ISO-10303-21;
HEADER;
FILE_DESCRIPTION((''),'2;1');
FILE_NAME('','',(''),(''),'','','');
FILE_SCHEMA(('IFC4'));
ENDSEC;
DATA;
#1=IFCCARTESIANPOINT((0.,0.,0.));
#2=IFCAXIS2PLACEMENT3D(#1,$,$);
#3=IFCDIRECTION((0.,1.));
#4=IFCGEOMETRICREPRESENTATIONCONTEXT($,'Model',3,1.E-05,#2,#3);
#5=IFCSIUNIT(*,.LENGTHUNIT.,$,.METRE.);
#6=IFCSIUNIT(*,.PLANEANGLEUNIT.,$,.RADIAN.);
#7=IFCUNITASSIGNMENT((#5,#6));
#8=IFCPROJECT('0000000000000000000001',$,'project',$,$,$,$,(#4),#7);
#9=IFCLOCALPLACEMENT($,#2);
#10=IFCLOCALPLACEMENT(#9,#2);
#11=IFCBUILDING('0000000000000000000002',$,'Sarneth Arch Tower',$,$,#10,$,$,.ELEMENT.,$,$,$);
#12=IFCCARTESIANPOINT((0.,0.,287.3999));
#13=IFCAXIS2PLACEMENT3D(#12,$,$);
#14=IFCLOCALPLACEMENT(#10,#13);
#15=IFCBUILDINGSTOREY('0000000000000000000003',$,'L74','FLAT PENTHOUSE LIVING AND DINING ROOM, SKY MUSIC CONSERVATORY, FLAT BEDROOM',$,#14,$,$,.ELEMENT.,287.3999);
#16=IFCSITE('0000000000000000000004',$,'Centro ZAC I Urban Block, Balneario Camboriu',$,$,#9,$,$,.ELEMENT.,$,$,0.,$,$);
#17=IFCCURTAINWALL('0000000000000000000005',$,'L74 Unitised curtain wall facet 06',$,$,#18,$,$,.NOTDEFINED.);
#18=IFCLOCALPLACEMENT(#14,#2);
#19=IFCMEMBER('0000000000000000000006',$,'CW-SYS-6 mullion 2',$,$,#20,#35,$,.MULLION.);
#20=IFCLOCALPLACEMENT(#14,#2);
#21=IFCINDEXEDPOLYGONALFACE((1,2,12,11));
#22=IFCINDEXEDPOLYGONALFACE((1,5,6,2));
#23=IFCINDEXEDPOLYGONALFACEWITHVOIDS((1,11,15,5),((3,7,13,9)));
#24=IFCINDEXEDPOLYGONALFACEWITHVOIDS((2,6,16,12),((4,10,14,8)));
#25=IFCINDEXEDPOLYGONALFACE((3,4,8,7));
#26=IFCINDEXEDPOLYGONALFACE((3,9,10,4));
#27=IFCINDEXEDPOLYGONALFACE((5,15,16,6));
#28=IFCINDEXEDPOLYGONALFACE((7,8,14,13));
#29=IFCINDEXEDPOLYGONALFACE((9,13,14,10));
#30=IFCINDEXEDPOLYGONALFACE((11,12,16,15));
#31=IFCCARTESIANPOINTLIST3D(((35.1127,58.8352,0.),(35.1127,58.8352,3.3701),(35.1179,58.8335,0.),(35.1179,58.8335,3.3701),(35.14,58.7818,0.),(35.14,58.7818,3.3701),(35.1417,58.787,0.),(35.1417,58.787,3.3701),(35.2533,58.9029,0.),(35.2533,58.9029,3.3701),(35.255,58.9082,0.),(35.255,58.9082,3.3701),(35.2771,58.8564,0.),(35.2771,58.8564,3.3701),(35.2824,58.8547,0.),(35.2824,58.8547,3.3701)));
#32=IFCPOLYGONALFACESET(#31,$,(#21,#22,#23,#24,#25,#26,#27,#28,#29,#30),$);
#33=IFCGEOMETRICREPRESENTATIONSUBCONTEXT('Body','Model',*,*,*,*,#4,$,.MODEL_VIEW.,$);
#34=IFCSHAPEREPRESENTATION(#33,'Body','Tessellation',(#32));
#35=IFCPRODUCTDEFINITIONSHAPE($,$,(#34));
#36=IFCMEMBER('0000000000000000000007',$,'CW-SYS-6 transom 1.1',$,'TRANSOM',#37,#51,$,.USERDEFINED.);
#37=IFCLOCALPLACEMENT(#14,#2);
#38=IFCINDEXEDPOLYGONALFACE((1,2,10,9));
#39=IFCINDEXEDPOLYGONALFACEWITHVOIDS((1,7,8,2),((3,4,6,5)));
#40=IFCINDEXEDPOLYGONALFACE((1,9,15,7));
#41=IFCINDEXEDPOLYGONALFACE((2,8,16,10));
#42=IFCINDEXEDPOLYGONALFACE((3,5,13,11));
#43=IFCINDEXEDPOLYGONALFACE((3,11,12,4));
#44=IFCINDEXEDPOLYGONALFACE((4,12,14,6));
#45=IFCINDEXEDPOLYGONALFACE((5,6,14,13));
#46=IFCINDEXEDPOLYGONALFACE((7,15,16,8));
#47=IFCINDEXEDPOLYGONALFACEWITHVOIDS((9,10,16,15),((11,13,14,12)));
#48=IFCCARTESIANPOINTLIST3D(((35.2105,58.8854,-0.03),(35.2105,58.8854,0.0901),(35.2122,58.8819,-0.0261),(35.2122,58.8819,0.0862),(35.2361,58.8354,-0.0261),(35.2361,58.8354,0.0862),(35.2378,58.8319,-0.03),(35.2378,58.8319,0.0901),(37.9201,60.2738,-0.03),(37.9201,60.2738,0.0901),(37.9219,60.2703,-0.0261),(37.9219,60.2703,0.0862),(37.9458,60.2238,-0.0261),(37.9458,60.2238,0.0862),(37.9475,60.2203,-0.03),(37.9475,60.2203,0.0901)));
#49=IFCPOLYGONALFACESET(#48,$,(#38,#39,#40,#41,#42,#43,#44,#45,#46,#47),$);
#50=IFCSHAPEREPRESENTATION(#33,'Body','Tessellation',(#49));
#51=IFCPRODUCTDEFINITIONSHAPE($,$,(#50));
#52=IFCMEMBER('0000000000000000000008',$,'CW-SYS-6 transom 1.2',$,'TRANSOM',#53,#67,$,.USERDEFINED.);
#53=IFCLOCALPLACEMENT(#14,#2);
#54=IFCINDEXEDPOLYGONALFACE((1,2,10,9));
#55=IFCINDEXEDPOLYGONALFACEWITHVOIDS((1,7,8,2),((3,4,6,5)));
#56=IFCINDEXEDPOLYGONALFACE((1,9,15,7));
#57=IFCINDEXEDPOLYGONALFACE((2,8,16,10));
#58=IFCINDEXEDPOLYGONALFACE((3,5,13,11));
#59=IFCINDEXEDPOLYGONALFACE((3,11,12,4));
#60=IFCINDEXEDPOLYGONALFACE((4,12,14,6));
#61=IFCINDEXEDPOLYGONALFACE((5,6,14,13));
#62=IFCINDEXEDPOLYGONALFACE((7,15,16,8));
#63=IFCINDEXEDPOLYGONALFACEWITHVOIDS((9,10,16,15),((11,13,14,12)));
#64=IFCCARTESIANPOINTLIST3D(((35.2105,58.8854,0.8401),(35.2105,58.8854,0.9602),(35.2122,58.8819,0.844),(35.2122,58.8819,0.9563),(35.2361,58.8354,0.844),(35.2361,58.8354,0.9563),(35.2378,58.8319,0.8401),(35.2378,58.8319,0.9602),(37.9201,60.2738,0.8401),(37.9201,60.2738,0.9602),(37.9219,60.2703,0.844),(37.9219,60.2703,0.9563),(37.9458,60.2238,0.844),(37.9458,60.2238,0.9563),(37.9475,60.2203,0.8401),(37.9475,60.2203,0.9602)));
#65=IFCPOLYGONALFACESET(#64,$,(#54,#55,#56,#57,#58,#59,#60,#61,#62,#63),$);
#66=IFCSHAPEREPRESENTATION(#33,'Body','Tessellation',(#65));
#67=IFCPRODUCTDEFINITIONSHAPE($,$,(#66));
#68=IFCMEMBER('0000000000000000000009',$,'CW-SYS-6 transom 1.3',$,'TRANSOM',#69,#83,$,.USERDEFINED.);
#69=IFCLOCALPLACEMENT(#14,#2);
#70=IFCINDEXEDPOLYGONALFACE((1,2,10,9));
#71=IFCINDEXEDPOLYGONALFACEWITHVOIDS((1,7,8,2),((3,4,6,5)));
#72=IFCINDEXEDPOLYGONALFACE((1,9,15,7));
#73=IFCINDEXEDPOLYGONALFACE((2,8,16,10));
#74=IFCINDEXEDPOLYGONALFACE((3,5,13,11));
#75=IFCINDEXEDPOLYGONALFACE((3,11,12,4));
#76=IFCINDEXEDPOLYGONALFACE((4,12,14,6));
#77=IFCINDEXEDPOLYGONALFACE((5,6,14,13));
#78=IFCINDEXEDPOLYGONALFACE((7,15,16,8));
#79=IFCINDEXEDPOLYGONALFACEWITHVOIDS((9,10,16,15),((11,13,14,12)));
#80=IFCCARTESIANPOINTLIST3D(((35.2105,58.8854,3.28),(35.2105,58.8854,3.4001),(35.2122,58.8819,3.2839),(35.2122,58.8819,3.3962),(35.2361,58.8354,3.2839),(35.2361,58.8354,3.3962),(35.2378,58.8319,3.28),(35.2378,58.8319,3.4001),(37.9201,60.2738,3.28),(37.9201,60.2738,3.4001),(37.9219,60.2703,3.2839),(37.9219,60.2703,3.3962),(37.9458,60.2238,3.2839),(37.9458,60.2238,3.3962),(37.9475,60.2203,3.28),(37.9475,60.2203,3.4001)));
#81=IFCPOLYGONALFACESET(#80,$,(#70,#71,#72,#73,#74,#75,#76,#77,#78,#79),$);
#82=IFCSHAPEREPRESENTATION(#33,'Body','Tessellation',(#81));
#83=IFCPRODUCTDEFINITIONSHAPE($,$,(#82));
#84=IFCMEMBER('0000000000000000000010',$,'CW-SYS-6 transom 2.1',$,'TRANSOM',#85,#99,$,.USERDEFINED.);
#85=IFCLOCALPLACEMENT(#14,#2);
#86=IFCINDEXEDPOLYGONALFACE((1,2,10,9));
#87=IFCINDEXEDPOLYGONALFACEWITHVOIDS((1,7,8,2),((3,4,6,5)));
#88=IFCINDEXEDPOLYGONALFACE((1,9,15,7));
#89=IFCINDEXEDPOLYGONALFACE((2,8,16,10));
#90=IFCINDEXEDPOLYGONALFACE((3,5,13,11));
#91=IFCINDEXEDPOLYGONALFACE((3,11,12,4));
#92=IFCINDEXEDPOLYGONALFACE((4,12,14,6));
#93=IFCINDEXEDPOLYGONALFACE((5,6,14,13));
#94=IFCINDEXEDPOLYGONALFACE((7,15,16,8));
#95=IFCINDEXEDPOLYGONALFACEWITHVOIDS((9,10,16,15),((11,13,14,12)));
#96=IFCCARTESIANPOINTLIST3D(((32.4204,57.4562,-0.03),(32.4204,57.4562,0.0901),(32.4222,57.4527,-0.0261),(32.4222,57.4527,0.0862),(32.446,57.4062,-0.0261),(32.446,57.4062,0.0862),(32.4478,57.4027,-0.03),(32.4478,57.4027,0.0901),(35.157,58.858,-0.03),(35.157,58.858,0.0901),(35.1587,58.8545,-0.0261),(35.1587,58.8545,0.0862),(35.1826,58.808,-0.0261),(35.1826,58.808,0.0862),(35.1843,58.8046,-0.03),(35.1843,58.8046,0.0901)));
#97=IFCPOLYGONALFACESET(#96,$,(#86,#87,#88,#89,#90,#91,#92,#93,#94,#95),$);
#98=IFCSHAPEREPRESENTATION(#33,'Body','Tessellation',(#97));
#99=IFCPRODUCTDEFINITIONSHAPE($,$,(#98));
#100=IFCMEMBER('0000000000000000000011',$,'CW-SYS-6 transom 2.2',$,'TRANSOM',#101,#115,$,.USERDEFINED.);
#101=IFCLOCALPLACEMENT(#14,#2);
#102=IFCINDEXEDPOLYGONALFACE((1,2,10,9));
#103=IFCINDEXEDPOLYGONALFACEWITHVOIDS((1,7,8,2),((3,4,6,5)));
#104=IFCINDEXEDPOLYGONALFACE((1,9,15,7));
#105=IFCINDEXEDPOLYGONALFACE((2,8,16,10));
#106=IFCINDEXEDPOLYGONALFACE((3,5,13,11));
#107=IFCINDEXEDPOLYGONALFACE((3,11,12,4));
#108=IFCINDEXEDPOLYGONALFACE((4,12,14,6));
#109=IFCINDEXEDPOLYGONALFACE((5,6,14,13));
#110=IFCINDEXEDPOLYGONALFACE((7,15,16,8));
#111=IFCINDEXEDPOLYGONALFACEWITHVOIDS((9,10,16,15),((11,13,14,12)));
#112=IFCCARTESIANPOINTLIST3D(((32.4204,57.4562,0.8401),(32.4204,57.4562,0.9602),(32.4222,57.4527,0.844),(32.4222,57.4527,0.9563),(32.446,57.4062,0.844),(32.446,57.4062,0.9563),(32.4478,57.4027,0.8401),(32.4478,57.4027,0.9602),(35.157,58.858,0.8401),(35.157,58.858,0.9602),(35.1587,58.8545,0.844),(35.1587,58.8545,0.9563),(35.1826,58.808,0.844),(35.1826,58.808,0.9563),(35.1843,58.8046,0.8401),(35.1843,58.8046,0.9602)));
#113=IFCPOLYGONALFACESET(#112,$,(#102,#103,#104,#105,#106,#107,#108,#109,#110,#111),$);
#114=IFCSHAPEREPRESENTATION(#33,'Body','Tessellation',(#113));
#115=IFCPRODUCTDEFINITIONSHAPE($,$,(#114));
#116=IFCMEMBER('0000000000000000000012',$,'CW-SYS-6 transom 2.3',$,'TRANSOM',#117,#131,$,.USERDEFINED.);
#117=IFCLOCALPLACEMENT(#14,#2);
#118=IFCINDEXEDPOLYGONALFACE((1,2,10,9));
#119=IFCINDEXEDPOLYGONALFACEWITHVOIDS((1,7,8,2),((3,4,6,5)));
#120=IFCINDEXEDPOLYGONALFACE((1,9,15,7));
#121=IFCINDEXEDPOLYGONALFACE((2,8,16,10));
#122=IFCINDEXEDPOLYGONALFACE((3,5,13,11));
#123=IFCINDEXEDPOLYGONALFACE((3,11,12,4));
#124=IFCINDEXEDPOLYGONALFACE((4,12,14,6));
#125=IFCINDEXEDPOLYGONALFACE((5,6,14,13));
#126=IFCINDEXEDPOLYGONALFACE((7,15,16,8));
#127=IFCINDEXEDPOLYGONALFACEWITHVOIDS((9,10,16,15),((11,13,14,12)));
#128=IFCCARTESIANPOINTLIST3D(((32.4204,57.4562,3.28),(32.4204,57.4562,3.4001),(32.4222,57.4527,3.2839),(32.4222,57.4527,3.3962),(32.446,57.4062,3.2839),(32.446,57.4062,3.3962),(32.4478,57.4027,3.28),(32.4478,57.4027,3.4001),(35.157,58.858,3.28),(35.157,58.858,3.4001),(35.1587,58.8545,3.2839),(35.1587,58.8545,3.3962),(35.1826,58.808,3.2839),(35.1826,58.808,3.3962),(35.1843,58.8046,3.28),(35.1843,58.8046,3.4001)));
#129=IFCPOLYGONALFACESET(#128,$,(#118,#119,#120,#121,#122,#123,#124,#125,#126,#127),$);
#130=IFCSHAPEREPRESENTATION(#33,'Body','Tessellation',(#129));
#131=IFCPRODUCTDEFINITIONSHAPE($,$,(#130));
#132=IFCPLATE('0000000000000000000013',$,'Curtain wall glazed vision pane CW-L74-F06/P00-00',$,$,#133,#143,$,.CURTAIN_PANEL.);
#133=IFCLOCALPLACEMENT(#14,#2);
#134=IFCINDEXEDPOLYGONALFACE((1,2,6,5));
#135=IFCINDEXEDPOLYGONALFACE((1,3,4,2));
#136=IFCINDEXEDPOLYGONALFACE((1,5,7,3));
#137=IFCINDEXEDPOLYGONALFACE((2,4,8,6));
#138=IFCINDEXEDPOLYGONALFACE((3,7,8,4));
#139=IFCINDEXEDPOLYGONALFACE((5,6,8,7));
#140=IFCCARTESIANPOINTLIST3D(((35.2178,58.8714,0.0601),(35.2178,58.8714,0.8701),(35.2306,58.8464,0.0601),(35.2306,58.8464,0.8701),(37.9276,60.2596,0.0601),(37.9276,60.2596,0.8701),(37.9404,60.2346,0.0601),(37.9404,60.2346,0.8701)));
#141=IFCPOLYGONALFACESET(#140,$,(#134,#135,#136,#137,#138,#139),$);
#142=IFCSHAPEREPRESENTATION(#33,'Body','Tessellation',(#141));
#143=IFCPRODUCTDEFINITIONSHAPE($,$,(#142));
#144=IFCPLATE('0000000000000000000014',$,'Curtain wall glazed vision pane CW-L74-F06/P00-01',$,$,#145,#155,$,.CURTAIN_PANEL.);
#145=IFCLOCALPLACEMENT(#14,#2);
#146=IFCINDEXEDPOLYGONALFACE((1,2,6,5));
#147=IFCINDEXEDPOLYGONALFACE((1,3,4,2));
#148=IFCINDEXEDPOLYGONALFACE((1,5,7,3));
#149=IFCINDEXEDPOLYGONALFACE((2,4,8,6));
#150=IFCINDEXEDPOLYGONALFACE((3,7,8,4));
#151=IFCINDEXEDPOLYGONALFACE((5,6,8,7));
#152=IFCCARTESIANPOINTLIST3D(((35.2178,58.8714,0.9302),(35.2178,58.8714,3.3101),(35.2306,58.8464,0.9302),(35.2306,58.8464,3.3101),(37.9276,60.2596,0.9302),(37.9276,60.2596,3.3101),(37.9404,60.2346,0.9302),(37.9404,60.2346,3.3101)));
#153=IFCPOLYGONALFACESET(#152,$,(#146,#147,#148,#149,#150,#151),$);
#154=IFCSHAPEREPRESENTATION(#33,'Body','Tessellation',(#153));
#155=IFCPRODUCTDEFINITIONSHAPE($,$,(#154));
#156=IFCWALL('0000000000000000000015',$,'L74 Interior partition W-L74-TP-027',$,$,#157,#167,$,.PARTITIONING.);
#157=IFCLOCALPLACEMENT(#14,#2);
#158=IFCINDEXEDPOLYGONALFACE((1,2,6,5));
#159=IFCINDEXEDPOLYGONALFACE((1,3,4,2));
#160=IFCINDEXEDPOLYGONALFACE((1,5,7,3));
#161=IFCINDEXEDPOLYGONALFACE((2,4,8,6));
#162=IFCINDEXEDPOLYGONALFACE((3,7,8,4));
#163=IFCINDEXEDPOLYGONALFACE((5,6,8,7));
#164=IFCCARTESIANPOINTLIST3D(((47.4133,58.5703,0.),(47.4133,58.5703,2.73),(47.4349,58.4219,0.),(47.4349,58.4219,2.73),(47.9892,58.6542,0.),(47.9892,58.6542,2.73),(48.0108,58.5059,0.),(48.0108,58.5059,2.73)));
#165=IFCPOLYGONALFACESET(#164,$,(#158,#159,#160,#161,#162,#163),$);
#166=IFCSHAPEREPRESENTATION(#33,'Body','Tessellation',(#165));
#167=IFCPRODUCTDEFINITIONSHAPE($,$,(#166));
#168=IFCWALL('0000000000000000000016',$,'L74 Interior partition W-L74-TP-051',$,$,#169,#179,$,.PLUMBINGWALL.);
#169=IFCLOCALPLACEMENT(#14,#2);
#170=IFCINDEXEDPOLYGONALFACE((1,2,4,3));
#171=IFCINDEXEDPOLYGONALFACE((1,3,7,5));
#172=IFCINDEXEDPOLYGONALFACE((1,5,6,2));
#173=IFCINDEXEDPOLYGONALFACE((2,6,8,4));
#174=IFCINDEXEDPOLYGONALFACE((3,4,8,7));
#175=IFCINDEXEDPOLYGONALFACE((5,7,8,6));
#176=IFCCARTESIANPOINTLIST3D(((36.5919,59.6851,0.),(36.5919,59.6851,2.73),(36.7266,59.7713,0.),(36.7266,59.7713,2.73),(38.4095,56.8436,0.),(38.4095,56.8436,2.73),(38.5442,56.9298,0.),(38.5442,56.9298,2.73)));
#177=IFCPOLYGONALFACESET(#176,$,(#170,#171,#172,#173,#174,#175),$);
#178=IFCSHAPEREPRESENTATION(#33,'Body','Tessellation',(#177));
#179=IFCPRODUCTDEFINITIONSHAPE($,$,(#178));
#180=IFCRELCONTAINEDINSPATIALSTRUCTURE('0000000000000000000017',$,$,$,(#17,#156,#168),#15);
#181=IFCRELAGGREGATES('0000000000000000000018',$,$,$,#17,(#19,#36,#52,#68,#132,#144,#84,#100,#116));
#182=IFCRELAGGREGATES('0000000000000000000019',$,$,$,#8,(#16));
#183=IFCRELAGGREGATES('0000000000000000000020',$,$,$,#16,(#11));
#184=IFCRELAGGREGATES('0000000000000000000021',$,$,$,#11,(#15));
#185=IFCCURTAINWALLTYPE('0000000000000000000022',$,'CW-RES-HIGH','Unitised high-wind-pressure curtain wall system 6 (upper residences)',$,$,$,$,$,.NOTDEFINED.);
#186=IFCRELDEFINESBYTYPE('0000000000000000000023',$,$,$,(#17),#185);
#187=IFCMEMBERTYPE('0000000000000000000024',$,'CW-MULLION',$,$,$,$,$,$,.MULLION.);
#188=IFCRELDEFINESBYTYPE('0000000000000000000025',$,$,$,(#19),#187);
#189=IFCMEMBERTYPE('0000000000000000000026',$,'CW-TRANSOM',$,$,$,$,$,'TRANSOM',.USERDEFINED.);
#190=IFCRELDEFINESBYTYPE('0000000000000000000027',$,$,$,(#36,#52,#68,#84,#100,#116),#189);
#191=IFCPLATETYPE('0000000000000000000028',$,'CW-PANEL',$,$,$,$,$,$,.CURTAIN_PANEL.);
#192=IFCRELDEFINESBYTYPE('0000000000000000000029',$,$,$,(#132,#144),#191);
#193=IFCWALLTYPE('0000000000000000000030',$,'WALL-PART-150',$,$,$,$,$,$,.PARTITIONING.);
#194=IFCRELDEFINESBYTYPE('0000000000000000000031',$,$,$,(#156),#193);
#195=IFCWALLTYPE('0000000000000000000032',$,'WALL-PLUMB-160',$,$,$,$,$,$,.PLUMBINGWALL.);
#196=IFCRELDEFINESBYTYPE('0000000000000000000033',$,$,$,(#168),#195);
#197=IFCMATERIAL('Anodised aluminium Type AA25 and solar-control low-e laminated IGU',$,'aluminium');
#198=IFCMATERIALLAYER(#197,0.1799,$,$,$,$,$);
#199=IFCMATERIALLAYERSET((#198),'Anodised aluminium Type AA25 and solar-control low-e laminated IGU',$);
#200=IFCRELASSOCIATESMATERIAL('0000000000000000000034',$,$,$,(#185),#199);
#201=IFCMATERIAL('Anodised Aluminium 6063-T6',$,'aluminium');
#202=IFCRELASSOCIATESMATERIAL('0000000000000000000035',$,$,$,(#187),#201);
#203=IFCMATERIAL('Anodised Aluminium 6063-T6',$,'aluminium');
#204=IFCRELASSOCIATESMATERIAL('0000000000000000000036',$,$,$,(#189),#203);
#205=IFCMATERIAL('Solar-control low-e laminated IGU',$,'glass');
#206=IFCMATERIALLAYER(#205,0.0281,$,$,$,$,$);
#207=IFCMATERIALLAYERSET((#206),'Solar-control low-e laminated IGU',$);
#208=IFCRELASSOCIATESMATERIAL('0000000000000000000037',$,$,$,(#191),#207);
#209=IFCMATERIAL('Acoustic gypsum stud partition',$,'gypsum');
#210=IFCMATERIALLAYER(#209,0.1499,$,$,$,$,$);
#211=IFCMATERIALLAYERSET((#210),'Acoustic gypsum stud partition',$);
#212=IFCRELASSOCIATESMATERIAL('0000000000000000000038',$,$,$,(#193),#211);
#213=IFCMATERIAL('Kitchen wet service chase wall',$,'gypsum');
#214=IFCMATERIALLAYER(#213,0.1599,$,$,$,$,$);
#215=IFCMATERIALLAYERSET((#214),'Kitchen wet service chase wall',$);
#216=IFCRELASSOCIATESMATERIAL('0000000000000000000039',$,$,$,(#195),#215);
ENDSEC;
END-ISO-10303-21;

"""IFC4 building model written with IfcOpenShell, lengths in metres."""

from ifc_helpers import new_model, si_unit, direction, frame, frame_2d, origin, origin_2d, place, context, subcontext, project, spatial, rectangle, hollow_rectangle, extrude, material, layer, layer_set, material_profile, profile_set, type_object, element, aggregate, save


model = new_model("IFC4")

# Units and contexts
model_context = context("Model", 3, precision=1e-05, world=origin(), true_north=direction((0.0, 1.0)))
body_context = subcontext(model_context, "Body", "Model", "MODEL_VIEW")
ifc_project = project(units=[si_unit("LENGTHUNIT", "METRE"), si_unit("PLANEANGLEUNIT", "RADIAN")], contexts=[model_context])

# Site, building, storey
site_placement = place(None, origin())
site = spatial("IfcSite", under=ifc_project, at=site_placement, Name="Centro ZAC I Urban Block, Balneario Camboriu", CompositionType="ELEMENT", RefElevation=0.0)
building_placement = place(site_placement, origin())
building = spatial("IfcBuilding", under=site, at=building_placement, Name="Sarneth Arch Tower", CompositionType="ELEMENT")
storey_placement = place(building_placement, frame((0.0, 0.0, 287.3999)))
storey = spatial("IfcBuildingStorey", under=building, at=storey_placement, Name="L74", Description="FLAT PENTHOUSE LIVING AND DINING ROOM, SKY MUSIC CONSERVATORY, FLAT BEDROOM", CompositionType="ELEMENT", Elevation=287.3999)

# Curtain wall, members, plates
ifc_material_1 = material(Name="Anodised aluminium Type AA25 and solar-control low-e laminated IGU", Category="aluminium")
ifc_layer_1 = layer(ifc_material_1, 0.1799)
ifc_layer_set_1 = layer_set([ifc_layer_1], Name="Anodised aluminium Type AA25 and solar-control low-e laminated IGU")
curtain_wall_type = type_object("IfcCurtainWallType", Name="CW-RES-HIGH", Description="Unitised high-wind-pressure curtain wall system 6 (upper residences)", PredefinedType="NOTDEFINED", material=ifc_layer_set_1)
curtain_wall_placement = place(storey_placement, origin())
curtain_wall = element("IfcCurtainWall", 1, at=curtain_wall_placement, inside=storey, type_object=curtain_wall_type, Name="L74 Unitised curtain wall facet 06", PredefinedType="NOTDEFINED")
ifc_material_2 = material(Name="Anodised Aluminium 6063-T6", Category="aluminium")
ifc_material_profile_1 = material_profile(ifc_material_2, hollow_rectangle(XDim=0.0601, YDim=0.1599, WallThickness=0.0039, at=origin_2d()), Name="AL-MULL-160x60x4")
ifc_profile_set_1 = profile_set([ifc_material_profile_1], Name="Anodised Aluminium 6063-T6")
member_type_1 = type_object("IfcMemberType", Name="CW-MULLION", PredefinedType="MULLION", material=ifc_profile_set_1)
member_1_placement = place(storey_placement, frame((35.1975, 58.845, 0.0), z_axis=(0.0, 0.0, 1.0), x_axis=(0.455942, -0.89001, 0.0)))
member_1 = element("IfcMember", 2, at=member_1_placement, type_object=member_type_1, Name="CW-SYS-6 mullion 2", PredefinedType="MULLION", context=body_context, shape_type="SweptSolid", body=[
    extrude(hollow_rectangle(XDim=0.0601, YDim=0.1599, WallThickness=0.0039, at=origin_2d()), origin(), (0.0, 0.0, 1.0), 3.3701),
])
ifc_material_3 = material(Name="Anodised Aluminium 6063-T6", Category="aluminium")
ifc_material_profile_2 = material_profile(ifc_material_3, hollow_rectangle(XDim=0.0601, YDim=0.1201, WallThickness=0.0039, at=origin_2d()), Name="AL-TRAN-120x60x4")
ifc_profile_set_2 = profile_set([ifc_material_profile_2], Name="Anodised Aluminium 6063-T6")
member_type_2 = type_object("IfcMemberType", Name="CW-TRANSOM", ElementType="TRANSOM", PredefinedType="USERDEFINED", material=ifc_profile_set_2)
member_2_placement = place(storey_placement, frame((37.9338, 60.2471, 0.03), z_axis=(-0.889974, -0.456012, 0.0), x_axis=(0.456012, -0.889974, 0.0)))
member_2 = element("IfcMember", 3, at=member_2_placement, type_object=member_type_2, Name="CW-SYS-6 transom 1.1", ObjectType="TRANSOM", PredefinedType="USERDEFINED", context=body_context, shape_type="SweptSolid", body=[
    extrude(hollow_rectangle(XDim=0.0601, YDim=0.1201, WallThickness=0.0039, at=origin_2d()), origin(), (0.0, 0.0, 1.0), 3.0447),
])
member_3_placement = place(storey_placement, frame((37.9338, 60.2471, 0.9001), z_axis=(-0.889974, -0.456012, 0.0), x_axis=(0.456012, -0.889974, 0.0)))
member_3 = element("IfcMember", 4, at=member_3_placement, type_object=member_type_2, Name="CW-SYS-6 transom 1.2", ObjectType="TRANSOM", PredefinedType="USERDEFINED", context=body_context, shape_type="SweptSolid", body=[
    extrude(hollow_rectangle(XDim=0.0601, YDim=0.1201, WallThickness=0.0039, at=origin_2d()), origin(), (0.0, 0.0, 1.0), 3.0447),
])
member_4_placement = place(storey_placement, frame((37.9338, 60.2471, 3.3401), z_axis=(-0.889974, -0.456012, 0.0), x_axis=(0.456012, -0.889974, 0.0)))
member_4 = element("IfcMember", 5, at=member_4_placement, type_object=member_type_2, Name="CW-SYS-6 transom 1.3", ObjectType="TRANSOM", PredefinedType="USERDEFINED", context=body_context, shape_type="SweptSolid", body=[
    extrude(hollow_rectangle(XDim=0.0601, YDim=0.1201, WallThickness=0.0039, at=origin_2d()), origin(), (0.0, 0.0, 1.0), 3.0447),
])
member_5_placement = place(storey_placement, frame((35.1707, 58.8313, 0.03), z_axis=(-0.890017, -0.455926, 0.0), x_axis=(0.455926, -0.890017, 0.0)))
member_5 = element("IfcMember", 6, at=member_5_placement, type_object=member_type_2, Name="CW-SYS-6 transom 2.1", ObjectType="TRANSOM", PredefinedType="USERDEFINED", context=body_context, shape_type="SweptSolid", body=[
    extrude(hollow_rectangle(XDim=0.0601, YDim=0.1201, WallThickness=0.0039, at=origin_2d()), origin(), (0.0, 0.0, 1.0), 3.0747),
])
member_6_placement = place(storey_placement, frame((35.1707, 58.8313, 0.9001), z_axis=(-0.890017, -0.455926, 0.0), x_axis=(0.455926, -0.890017, 0.0)))
member_6 = element("IfcMember", 7, at=member_6_placement, type_object=member_type_2, Name="CW-SYS-6 transom 2.2", ObjectType="TRANSOM", PredefinedType="USERDEFINED", context=body_context, shape_type="SweptSolid", body=[
    extrude(hollow_rectangle(XDim=0.0601, YDim=0.1201, WallThickness=0.0039, at=origin_2d()), origin(), (0.0, 0.0, 1.0), 3.0747),
])
member_7_placement = place(storey_placement, frame((35.1707, 58.8313, 3.3401), z_axis=(-0.890017, -0.455926, 0.0), x_axis=(0.455926, -0.890017, 0.0)))
member_7 = element("IfcMember", 8, at=member_7_placement, type_object=member_type_2, Name="CW-SYS-6 transom 2.3", ObjectType="TRANSOM", PredefinedType="USERDEFINED", context=body_context, shape_type="SweptSolid", body=[
    extrude(hollow_rectangle(XDim=0.0601, YDim=0.1201, WallThickness=0.0039, at=origin_2d()), origin(), (0.0, 0.0, 1.0), 3.0747),
])
ifc_material_4 = material(Name="Solar-control low-e laminated IGU", Category="glass")
ifc_layer_2 = layer(ifc_material_4, 0.0281)
ifc_layer_set_2 = layer_set([ifc_layer_2], Name="Solar-control low-e laminated IGU")
plate_type = type_object("IfcPlateType", Name="CW-PANEL", PredefinedType="CURTAIN_PANEL", material=ifc_layer_set_2)
plate_1_placement = place(storey_placement, frame((36.5791, 59.553, 0.0601), z_axis=(0.0, 0.0, 1.0), x_axis=(-0.89001, -0.455942, 0.0)))
plate_1 = element("IfcPlate", 9, at=plate_1_placement, type_object=plate_type, Name="Curtain wall glazed vision pane CW-L74-F06/P00-00", PredefinedType="CURTAIN_PANEL", context=body_context, shape_type="SweptSolid", body=[
    extrude(rectangle(XDim=3.0447, YDim=0.0281, at=origin_2d()), origin(), (0.0, 0.0, 1.0), 0.8101),
])
plate_2_placement = place(storey_placement, frame((36.5791, 59.553, 0.9302), z_axis=(0.0, 0.0, 1.0), x_axis=(-0.89001, -0.455942, 0.0)))
plate_2 = element("IfcPlate", 10, at=plate_2_placement, type_object=plate_type, Name="Curtain wall glazed vision pane CW-L74-F06/P00-01", PredefinedType="CURTAIN_PANEL", context=body_context, shape_type="SweptSolid", body=[
    extrude(rectangle(XDim=3.0447, YDim=0.0281, at=origin_2d()), origin(), (0.0, 0.0, 1.0), 2.3799),
])
aggregate(curtain_wall, [member_1, member_2, member_3, member_4, plate_1, plate_2, member_5, member_6, member_7])

# Walls
ifc_material_5 = material(Name="Acoustic gypsum stud partition", Category="gypsum")
ifc_layer_3 = layer(ifc_material_5, 0.1499)
ifc_layer_set_3 = layer_set([ifc_layer_3], Name="Acoustic gypsum stud partition")
wall_type_1 = type_object("IfcWallType", Name="WALL-PART-150", PredefinedType="PARTITIONING", material=ifc_layer_set_3)
wall_1_placement = place(storey_placement, frame((47.4241, 58.4961, 0.0), z_axis=(0.0, 0.0, 1.0), x_axis=(0.989534, 0.144298, 0.0)))
element("IfcWall", 11, at=wall_1_placement, inside=storey, type_object=wall_type_1, Name="L74 Interior partition W-L74-TP-027", PredefinedType="PARTITIONING", context=body_context, shape_type="SweptSolid", body=[
    extrude(rectangle(XDim=0.582, YDim=0.1499, at=frame_2d((0.291, 0.0))), origin(), (0.0, 0.0, 1.0), 2.73),
])
ifc_material_6 = material(Name="Kitchen wet service chase wall", Category="gypsum")
ifc_layer_4 = layer(ifc_material_6, 0.1599)
ifc_layer_set_4 = layer_set([ifc_layer_4], Name="Kitchen wet service chase wall")
wall_type_2 = type_object("IfcWallType", Name="WALL-PLUMB-160", PredefinedType="PLUMBINGWALL", material=ifc_layer_set_4)
wall_2_placement = place(storey_placement, frame((38.4768, 56.8867, 0.0), z_axis=(0.0, 0.0, 1.0), x_axis=(-0.53885, 0.842402, 0.0)))
element("IfcWall", 12, at=wall_2_placement, inside=storey, type_object=wall_type_2, Name="L74 Interior partition W-L74-TP-051", PredefinedType="PLUMBINGWALL", context=body_context, shape_type="SweptSolid", body=[
    extrude(rectangle(XDim=3.373, YDim=0.1599, at=frame_2d((1.6865, 0.0))), origin(), (0.0, 0.0, 1.0), 2.73),
])

save(model, "model.ifc")
